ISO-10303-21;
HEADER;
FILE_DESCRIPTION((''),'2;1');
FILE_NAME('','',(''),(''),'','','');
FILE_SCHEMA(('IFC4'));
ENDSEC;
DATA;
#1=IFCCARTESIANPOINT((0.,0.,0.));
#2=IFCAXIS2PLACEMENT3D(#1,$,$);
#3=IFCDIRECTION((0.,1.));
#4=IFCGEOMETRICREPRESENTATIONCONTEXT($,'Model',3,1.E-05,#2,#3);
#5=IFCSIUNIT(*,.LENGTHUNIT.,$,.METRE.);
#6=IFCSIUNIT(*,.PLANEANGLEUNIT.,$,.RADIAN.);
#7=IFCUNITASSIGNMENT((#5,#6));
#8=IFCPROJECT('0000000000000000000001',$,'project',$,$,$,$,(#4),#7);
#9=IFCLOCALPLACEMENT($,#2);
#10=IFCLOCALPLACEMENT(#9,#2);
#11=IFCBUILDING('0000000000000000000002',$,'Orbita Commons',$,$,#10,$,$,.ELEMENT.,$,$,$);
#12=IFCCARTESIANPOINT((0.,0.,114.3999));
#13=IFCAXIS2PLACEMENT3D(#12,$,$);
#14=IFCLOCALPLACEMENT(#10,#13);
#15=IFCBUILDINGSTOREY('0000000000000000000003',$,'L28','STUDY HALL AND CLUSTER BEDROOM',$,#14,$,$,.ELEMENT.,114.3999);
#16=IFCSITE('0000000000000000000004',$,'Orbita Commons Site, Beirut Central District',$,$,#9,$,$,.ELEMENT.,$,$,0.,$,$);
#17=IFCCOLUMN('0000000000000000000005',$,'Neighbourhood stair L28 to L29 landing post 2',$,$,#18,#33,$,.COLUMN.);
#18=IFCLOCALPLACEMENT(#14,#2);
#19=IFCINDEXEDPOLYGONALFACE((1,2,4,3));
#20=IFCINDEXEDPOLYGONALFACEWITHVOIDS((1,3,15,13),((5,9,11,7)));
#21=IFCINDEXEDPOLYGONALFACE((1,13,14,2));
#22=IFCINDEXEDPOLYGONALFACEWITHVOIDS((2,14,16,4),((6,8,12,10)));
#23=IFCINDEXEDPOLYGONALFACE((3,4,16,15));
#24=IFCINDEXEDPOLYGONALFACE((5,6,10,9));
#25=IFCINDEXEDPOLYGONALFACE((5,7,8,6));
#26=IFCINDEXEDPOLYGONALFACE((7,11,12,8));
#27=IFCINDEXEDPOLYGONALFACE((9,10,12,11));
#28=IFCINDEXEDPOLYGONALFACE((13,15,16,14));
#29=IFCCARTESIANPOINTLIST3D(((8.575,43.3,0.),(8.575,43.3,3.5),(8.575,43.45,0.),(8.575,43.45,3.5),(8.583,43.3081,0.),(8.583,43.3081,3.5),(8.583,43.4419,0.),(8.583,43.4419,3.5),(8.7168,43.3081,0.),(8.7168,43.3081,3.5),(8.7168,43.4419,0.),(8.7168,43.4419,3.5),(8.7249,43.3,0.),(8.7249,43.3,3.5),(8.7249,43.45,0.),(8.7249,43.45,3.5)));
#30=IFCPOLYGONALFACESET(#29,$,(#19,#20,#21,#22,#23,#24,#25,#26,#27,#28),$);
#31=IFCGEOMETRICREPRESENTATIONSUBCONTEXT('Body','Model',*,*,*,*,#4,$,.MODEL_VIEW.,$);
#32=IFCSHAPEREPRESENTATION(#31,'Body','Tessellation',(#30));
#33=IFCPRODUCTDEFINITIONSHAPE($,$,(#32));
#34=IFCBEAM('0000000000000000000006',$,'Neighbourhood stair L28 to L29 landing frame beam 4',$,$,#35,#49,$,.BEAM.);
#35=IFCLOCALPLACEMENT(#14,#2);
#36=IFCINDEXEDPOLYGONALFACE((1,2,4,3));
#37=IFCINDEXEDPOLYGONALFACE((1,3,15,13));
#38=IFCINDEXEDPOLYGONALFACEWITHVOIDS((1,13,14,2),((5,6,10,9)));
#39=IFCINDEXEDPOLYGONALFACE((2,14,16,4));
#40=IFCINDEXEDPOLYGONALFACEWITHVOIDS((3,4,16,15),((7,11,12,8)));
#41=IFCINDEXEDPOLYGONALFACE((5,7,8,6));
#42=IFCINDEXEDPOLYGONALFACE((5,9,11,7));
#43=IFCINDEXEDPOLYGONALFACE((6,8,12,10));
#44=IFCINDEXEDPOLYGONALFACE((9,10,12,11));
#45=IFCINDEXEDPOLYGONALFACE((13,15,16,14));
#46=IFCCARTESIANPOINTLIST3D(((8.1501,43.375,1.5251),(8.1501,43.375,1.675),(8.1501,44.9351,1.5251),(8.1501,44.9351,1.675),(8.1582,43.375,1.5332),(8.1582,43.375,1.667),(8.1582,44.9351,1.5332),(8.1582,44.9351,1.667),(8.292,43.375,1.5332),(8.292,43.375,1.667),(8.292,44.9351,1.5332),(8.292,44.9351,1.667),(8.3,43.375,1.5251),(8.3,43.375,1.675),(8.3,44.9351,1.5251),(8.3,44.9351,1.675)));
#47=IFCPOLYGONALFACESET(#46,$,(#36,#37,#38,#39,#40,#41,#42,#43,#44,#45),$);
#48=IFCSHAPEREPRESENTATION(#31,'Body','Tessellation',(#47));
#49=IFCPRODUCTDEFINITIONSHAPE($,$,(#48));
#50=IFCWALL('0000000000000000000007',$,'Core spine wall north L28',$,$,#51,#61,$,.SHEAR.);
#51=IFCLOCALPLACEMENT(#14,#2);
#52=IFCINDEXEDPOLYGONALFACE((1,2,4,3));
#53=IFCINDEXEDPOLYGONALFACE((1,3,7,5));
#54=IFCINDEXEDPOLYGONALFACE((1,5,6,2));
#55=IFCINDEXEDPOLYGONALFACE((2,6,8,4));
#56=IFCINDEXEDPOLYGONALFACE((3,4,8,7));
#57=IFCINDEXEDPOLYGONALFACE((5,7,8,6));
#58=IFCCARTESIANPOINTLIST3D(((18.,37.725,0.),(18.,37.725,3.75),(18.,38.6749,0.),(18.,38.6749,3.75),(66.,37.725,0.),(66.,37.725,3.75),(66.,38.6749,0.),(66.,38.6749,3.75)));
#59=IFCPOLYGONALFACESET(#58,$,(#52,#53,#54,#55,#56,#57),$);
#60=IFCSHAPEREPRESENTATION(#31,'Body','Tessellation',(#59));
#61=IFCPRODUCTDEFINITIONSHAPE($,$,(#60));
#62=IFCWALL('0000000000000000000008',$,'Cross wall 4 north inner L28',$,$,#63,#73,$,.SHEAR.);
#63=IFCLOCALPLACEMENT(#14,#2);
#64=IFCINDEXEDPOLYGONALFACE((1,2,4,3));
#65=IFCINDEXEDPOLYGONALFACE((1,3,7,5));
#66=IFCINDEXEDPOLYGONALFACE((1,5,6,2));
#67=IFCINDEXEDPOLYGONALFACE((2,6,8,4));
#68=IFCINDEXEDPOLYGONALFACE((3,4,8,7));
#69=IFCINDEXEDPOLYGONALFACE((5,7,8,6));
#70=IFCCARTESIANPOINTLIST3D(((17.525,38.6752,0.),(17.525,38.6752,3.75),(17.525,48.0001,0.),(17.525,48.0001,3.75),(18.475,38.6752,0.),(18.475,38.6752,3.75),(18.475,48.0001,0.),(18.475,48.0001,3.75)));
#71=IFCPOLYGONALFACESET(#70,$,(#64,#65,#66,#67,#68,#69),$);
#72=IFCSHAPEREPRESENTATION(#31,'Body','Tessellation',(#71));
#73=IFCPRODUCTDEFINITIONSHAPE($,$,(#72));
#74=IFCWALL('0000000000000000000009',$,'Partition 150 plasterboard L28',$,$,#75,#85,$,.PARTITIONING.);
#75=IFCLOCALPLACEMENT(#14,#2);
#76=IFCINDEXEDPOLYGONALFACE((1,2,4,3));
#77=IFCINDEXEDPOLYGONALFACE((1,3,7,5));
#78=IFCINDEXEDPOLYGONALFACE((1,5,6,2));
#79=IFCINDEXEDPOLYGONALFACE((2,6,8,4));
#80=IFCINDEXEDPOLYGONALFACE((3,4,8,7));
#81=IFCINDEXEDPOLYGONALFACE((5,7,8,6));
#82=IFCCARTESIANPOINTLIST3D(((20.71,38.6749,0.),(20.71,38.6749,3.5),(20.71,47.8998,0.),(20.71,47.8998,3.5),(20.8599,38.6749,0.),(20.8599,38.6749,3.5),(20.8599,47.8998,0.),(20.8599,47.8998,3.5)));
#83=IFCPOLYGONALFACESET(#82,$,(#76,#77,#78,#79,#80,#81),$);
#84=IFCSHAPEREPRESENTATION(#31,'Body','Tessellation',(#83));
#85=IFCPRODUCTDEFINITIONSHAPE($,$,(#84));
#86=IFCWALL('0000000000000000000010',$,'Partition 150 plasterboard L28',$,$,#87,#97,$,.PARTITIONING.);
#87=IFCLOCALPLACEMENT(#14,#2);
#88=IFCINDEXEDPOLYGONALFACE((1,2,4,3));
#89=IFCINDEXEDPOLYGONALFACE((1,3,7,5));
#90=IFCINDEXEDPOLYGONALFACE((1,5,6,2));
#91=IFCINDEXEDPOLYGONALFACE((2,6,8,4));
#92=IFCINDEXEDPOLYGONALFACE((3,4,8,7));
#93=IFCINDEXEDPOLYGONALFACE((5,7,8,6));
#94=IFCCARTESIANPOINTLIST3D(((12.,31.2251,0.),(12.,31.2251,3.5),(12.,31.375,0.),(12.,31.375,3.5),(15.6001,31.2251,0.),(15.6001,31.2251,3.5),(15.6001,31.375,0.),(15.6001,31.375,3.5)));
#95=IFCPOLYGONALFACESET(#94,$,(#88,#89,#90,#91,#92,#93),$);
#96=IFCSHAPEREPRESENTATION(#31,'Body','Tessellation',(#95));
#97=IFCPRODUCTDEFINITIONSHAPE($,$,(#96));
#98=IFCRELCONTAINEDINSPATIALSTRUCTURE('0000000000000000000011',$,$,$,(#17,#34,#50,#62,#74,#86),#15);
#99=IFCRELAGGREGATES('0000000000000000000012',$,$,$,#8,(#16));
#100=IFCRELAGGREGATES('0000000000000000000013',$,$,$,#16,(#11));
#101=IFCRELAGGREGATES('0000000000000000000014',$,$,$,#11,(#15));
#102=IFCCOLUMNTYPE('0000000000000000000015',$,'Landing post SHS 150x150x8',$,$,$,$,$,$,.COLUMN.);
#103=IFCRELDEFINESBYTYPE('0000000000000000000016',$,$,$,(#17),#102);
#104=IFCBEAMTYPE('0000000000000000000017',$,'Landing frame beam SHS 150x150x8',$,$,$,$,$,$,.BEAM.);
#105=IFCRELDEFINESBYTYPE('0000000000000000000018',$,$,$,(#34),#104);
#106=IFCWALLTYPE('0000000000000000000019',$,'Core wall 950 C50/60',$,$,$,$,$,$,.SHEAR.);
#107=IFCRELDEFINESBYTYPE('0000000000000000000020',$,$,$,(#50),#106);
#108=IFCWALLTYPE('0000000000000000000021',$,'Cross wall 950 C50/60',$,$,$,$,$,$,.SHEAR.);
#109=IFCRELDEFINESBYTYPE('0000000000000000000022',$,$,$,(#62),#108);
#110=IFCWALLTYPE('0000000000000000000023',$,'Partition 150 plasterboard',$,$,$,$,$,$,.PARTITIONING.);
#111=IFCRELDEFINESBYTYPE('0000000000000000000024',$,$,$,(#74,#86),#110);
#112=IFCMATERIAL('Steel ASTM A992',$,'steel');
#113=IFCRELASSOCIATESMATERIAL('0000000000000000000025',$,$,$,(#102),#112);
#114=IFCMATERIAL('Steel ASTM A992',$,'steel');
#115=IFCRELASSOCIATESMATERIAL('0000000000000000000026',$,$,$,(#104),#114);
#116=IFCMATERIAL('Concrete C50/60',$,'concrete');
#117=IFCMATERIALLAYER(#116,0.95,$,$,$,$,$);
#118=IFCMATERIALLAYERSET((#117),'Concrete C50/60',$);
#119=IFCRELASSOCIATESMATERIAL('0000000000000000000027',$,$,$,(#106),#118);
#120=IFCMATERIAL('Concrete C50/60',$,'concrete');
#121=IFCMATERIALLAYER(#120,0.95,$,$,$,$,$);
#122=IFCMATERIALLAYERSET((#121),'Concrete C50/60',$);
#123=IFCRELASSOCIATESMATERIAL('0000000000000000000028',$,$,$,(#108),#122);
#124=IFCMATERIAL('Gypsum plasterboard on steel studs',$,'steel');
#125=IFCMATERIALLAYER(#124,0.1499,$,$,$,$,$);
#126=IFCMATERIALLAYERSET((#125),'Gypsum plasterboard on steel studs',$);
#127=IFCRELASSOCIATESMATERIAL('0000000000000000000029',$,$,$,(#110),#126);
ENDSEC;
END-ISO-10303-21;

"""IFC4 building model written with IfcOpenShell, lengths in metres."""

from ifc_helpers import new_model, si_unit, direction, frame, frame_2d, origin, origin_2d, place, context, subcontext, project, spatial, rectangle, hollow_rectangle, extrude, material, layer, layer_set, material_profile, profile_set, type_object, element, save


model = new_model("IFC4")

# Units and contexts
model_context = context("Model", 3, precision=1e-05, world=origin(), true_north=direction((0.0, 1.0)))
body_context = subcontext(model_context, "Body", "Model", "MODEL_VIEW")
ifc_project = project(units=[si_unit("LENGTHUNIT", "METRE"), si_unit("PLANEANGLEUNIT", "RADIAN")], contexts=[model_context])

# Site, building, storey
site_placement = place(None, origin())
site = spatial("IfcSite", under=ifc_project, at=site_placement, Name="Orbita Commons Site, Beirut Central District", CompositionType="ELEMENT", RefElevation=0.0)
building_placement = place(site_placement, origin())
building = spatial("IfcBuilding", under=site, at=building_placement, Name="Orbita Commons", CompositionType="ELEMENT")
storey_placement = place(building_placement, frame((0.0, 0.0, 114.3999)))
storey = spatial("IfcBuildingStorey", under=building, at=storey_placement, Name="L28", Description="STUDY HALL AND CLUSTER BEDROOM", CompositionType="ELEMENT", Elevation=114.3999)

# Column
ifc_material_1 = material(Name="Steel ASTM A992", Category="steel")
ifc_material_profile_1 = material_profile(ifc_material_1, hollow_rectangle(XDim=0.1499, YDim=0.1499, WallThickness=0.0081, at=origin_2d()), Name="SHS 150x150x8")
ifc_profile_set_1 = profile_set([ifc_material_profile_1], Name="Steel ASTM A992")
column_type = type_object("IfcColumnType", Name="Landing post SHS 150x150x8", PredefinedType="COLUMN", material=ifc_profile_set_1)
column_placement = place(storey_placement, frame((8.6499, 43.375, 0.0), z_axis=(0.0, 0.0, 1.0), x_axis=(1.0, 0.0, 0.0)))
element("IfcColumn", 1, at=column_placement, inside=storey, type_object=column_type, Name="Neighbourhood stair L28 to L29 landing post 2", PredefinedType="COLUMN", context=body_context, shape_type="SweptSolid", body=[
    extrude(hollow_rectangle(XDim=0.1499, YDim=0.1499, WallThickness=0.0081, at=origin_2d()), origin(), (0.0, 0.0, 1.0), 3.5),
])

# Beam
ifc_material_2 = material(Name="Steel ASTM A992", Category="steel")
ifc_material_profile_2 = material_profile(ifc_material_2, hollow_rectangle(XDim=0.1499, YDim=0.1499, WallThickness=0.0081, at=origin_2d()), Name="SHS 150x150x8")
ifc_profile_set_2 = profile_set([ifc_material_profile_2], Name="Steel ASTM A992")
beam_type = type_object("IfcBeamType", Name="Landing frame beam SHS 150x150x8", PredefinedType="BEAM", material=ifc_profile_set_2)
beam_placement = place(storey_placement, frame((8.2251, 43.375, 1.6001), z_axis=(0.0, 1.0, 0.0), x_axis=(-1.0, 0.0, 0.0)))
element("IfcBeam", 2, at=beam_placement, inside=storey, type_object=beam_type, Name="Neighbourhood stair L28 to L29 landing frame beam 4", PredefinedType="BEAM", context=body_context, shape_type="SweptSolid", body=[
    extrude(hollow_rectangle(XDim=0.1499, YDim=0.1499, WallThickness=0.0081, at=origin_2d()), origin(), (0.0, 0.0, 1.0), 1.5601),
])

# Walls
ifc_material_3 = material(Name="Concrete C50/60", Category="concrete")
ifc_layer_1 = layer(ifc_material_3, 0.95)
ifc_layer_set_1 = layer_set([ifc_layer_1], Name="Concrete C50/60")
wall_type_1 = type_object("IfcWallType", Name="Core wall 950 C50/60", PredefinedType="SHEAR", material=ifc_layer_set_1)
wall_1_placement = place(storey_placement, frame((18.0, 38.2, 0.0), z_axis=(0.0, 0.0, 1.0), x_axis=(1.0, 0.0, 0.0)))
element("IfcWall", 3, at=wall_1_placement, inside=storey, type_object=wall_type_1, Name="Core spine wall north L28", PredefinedType="SHEAR", context=body_context, shape_type="SweptSolid", body=[
    extrude(rectangle(XDim=48.0, YDim=0.95, at=frame_2d((24.0, 0.0))), origin(), (0.0, 0.0, 1.0), 3.75),
])
ifc_material_4 = material(Name="Concrete C50/60", Category="concrete")
ifc_layer_2 = layer(ifc_material_4, 0.95)
ifc_layer_set_2 = layer_set([ifc_layer_2], Name="Concrete C50/60")
wall_type_2 = type_object("IfcWallType", Name="Cross wall 950 C50/60", PredefinedType="SHEAR", material=ifc_layer_set_2)
wall_2_placement = place(storey_placement, frame((18.0, 38.675, 0.0), z_axis=(0.0, 0.0, 1.0), x_axis=(0.0, 1.0, 0.0)))
element("IfcWall", 4, at=wall_2_placement, inside=storey, type_object=wall_type_2, Name="Cross wall 4 north inner L28", PredefinedType="SHEAR", context=body_context, shape_type="SweptSolid", body=[
    extrude(rectangle(XDim=9.325, YDim=0.95, at=frame_2d((4.6626, 0.0))), origin(), (0.0, 0.0, 1.0), 3.75),
])
ifc_material_5 = material(Name="Gypsum plasterboard on steel studs", Category="steel")
ifc_layer_3 = layer(ifc_material_5, 0.1499)
ifc_layer_set_3 = layer_set([ifc_layer_3], Name="Gypsum plasterboard on steel studs")
wall_type_3 = type_object("IfcWallType", Name="Partition 150 plasterboard", PredefinedType="PARTITIONING", material=ifc_layer_set_3)
wall_3_placement = place(storey_placement, frame((20.7849, 38.675, 0.0), z_axis=(0.0, 0.0, 1.0), x_axis=(0.0, 1.0, 0.0)))
element("IfcWall", 5, at=wall_3_placement, inside=storey, type_object=wall_type_3, Name="Partition 150 plasterboard L28", PredefinedType="PARTITIONING", context=body_context, shape_type="SweptSolid", body=[
    extrude(rectangle(XDim=9.2249, YDim=0.1499, at=frame_2d((4.6123, 0.0))), origin(), (0.0, 0.0, 1.0), 3.5),
])
wall_4_placement = place(storey_placement, frame((12.0, 31.3, 0.0), z_axis=(0.0, 0.0, 1.0), x_axis=(1.0, 0.0, 0.0)))
element("IfcWall", 6, at=wall_4_placement, inside=storey, type_object=wall_type_3, Name="Partition 150 plasterboard L28", PredefinedType="PARTITIONING", context=body_context, shape_type="SweptSolid", body=[
    extrude(rectangle(XDim=3.6001, YDim=0.1499, at=frame_2d((1.8, 0.0))), origin(), (0.0, 0.0, 1.0), 3.5),
])

save(model, "model.ifc")
